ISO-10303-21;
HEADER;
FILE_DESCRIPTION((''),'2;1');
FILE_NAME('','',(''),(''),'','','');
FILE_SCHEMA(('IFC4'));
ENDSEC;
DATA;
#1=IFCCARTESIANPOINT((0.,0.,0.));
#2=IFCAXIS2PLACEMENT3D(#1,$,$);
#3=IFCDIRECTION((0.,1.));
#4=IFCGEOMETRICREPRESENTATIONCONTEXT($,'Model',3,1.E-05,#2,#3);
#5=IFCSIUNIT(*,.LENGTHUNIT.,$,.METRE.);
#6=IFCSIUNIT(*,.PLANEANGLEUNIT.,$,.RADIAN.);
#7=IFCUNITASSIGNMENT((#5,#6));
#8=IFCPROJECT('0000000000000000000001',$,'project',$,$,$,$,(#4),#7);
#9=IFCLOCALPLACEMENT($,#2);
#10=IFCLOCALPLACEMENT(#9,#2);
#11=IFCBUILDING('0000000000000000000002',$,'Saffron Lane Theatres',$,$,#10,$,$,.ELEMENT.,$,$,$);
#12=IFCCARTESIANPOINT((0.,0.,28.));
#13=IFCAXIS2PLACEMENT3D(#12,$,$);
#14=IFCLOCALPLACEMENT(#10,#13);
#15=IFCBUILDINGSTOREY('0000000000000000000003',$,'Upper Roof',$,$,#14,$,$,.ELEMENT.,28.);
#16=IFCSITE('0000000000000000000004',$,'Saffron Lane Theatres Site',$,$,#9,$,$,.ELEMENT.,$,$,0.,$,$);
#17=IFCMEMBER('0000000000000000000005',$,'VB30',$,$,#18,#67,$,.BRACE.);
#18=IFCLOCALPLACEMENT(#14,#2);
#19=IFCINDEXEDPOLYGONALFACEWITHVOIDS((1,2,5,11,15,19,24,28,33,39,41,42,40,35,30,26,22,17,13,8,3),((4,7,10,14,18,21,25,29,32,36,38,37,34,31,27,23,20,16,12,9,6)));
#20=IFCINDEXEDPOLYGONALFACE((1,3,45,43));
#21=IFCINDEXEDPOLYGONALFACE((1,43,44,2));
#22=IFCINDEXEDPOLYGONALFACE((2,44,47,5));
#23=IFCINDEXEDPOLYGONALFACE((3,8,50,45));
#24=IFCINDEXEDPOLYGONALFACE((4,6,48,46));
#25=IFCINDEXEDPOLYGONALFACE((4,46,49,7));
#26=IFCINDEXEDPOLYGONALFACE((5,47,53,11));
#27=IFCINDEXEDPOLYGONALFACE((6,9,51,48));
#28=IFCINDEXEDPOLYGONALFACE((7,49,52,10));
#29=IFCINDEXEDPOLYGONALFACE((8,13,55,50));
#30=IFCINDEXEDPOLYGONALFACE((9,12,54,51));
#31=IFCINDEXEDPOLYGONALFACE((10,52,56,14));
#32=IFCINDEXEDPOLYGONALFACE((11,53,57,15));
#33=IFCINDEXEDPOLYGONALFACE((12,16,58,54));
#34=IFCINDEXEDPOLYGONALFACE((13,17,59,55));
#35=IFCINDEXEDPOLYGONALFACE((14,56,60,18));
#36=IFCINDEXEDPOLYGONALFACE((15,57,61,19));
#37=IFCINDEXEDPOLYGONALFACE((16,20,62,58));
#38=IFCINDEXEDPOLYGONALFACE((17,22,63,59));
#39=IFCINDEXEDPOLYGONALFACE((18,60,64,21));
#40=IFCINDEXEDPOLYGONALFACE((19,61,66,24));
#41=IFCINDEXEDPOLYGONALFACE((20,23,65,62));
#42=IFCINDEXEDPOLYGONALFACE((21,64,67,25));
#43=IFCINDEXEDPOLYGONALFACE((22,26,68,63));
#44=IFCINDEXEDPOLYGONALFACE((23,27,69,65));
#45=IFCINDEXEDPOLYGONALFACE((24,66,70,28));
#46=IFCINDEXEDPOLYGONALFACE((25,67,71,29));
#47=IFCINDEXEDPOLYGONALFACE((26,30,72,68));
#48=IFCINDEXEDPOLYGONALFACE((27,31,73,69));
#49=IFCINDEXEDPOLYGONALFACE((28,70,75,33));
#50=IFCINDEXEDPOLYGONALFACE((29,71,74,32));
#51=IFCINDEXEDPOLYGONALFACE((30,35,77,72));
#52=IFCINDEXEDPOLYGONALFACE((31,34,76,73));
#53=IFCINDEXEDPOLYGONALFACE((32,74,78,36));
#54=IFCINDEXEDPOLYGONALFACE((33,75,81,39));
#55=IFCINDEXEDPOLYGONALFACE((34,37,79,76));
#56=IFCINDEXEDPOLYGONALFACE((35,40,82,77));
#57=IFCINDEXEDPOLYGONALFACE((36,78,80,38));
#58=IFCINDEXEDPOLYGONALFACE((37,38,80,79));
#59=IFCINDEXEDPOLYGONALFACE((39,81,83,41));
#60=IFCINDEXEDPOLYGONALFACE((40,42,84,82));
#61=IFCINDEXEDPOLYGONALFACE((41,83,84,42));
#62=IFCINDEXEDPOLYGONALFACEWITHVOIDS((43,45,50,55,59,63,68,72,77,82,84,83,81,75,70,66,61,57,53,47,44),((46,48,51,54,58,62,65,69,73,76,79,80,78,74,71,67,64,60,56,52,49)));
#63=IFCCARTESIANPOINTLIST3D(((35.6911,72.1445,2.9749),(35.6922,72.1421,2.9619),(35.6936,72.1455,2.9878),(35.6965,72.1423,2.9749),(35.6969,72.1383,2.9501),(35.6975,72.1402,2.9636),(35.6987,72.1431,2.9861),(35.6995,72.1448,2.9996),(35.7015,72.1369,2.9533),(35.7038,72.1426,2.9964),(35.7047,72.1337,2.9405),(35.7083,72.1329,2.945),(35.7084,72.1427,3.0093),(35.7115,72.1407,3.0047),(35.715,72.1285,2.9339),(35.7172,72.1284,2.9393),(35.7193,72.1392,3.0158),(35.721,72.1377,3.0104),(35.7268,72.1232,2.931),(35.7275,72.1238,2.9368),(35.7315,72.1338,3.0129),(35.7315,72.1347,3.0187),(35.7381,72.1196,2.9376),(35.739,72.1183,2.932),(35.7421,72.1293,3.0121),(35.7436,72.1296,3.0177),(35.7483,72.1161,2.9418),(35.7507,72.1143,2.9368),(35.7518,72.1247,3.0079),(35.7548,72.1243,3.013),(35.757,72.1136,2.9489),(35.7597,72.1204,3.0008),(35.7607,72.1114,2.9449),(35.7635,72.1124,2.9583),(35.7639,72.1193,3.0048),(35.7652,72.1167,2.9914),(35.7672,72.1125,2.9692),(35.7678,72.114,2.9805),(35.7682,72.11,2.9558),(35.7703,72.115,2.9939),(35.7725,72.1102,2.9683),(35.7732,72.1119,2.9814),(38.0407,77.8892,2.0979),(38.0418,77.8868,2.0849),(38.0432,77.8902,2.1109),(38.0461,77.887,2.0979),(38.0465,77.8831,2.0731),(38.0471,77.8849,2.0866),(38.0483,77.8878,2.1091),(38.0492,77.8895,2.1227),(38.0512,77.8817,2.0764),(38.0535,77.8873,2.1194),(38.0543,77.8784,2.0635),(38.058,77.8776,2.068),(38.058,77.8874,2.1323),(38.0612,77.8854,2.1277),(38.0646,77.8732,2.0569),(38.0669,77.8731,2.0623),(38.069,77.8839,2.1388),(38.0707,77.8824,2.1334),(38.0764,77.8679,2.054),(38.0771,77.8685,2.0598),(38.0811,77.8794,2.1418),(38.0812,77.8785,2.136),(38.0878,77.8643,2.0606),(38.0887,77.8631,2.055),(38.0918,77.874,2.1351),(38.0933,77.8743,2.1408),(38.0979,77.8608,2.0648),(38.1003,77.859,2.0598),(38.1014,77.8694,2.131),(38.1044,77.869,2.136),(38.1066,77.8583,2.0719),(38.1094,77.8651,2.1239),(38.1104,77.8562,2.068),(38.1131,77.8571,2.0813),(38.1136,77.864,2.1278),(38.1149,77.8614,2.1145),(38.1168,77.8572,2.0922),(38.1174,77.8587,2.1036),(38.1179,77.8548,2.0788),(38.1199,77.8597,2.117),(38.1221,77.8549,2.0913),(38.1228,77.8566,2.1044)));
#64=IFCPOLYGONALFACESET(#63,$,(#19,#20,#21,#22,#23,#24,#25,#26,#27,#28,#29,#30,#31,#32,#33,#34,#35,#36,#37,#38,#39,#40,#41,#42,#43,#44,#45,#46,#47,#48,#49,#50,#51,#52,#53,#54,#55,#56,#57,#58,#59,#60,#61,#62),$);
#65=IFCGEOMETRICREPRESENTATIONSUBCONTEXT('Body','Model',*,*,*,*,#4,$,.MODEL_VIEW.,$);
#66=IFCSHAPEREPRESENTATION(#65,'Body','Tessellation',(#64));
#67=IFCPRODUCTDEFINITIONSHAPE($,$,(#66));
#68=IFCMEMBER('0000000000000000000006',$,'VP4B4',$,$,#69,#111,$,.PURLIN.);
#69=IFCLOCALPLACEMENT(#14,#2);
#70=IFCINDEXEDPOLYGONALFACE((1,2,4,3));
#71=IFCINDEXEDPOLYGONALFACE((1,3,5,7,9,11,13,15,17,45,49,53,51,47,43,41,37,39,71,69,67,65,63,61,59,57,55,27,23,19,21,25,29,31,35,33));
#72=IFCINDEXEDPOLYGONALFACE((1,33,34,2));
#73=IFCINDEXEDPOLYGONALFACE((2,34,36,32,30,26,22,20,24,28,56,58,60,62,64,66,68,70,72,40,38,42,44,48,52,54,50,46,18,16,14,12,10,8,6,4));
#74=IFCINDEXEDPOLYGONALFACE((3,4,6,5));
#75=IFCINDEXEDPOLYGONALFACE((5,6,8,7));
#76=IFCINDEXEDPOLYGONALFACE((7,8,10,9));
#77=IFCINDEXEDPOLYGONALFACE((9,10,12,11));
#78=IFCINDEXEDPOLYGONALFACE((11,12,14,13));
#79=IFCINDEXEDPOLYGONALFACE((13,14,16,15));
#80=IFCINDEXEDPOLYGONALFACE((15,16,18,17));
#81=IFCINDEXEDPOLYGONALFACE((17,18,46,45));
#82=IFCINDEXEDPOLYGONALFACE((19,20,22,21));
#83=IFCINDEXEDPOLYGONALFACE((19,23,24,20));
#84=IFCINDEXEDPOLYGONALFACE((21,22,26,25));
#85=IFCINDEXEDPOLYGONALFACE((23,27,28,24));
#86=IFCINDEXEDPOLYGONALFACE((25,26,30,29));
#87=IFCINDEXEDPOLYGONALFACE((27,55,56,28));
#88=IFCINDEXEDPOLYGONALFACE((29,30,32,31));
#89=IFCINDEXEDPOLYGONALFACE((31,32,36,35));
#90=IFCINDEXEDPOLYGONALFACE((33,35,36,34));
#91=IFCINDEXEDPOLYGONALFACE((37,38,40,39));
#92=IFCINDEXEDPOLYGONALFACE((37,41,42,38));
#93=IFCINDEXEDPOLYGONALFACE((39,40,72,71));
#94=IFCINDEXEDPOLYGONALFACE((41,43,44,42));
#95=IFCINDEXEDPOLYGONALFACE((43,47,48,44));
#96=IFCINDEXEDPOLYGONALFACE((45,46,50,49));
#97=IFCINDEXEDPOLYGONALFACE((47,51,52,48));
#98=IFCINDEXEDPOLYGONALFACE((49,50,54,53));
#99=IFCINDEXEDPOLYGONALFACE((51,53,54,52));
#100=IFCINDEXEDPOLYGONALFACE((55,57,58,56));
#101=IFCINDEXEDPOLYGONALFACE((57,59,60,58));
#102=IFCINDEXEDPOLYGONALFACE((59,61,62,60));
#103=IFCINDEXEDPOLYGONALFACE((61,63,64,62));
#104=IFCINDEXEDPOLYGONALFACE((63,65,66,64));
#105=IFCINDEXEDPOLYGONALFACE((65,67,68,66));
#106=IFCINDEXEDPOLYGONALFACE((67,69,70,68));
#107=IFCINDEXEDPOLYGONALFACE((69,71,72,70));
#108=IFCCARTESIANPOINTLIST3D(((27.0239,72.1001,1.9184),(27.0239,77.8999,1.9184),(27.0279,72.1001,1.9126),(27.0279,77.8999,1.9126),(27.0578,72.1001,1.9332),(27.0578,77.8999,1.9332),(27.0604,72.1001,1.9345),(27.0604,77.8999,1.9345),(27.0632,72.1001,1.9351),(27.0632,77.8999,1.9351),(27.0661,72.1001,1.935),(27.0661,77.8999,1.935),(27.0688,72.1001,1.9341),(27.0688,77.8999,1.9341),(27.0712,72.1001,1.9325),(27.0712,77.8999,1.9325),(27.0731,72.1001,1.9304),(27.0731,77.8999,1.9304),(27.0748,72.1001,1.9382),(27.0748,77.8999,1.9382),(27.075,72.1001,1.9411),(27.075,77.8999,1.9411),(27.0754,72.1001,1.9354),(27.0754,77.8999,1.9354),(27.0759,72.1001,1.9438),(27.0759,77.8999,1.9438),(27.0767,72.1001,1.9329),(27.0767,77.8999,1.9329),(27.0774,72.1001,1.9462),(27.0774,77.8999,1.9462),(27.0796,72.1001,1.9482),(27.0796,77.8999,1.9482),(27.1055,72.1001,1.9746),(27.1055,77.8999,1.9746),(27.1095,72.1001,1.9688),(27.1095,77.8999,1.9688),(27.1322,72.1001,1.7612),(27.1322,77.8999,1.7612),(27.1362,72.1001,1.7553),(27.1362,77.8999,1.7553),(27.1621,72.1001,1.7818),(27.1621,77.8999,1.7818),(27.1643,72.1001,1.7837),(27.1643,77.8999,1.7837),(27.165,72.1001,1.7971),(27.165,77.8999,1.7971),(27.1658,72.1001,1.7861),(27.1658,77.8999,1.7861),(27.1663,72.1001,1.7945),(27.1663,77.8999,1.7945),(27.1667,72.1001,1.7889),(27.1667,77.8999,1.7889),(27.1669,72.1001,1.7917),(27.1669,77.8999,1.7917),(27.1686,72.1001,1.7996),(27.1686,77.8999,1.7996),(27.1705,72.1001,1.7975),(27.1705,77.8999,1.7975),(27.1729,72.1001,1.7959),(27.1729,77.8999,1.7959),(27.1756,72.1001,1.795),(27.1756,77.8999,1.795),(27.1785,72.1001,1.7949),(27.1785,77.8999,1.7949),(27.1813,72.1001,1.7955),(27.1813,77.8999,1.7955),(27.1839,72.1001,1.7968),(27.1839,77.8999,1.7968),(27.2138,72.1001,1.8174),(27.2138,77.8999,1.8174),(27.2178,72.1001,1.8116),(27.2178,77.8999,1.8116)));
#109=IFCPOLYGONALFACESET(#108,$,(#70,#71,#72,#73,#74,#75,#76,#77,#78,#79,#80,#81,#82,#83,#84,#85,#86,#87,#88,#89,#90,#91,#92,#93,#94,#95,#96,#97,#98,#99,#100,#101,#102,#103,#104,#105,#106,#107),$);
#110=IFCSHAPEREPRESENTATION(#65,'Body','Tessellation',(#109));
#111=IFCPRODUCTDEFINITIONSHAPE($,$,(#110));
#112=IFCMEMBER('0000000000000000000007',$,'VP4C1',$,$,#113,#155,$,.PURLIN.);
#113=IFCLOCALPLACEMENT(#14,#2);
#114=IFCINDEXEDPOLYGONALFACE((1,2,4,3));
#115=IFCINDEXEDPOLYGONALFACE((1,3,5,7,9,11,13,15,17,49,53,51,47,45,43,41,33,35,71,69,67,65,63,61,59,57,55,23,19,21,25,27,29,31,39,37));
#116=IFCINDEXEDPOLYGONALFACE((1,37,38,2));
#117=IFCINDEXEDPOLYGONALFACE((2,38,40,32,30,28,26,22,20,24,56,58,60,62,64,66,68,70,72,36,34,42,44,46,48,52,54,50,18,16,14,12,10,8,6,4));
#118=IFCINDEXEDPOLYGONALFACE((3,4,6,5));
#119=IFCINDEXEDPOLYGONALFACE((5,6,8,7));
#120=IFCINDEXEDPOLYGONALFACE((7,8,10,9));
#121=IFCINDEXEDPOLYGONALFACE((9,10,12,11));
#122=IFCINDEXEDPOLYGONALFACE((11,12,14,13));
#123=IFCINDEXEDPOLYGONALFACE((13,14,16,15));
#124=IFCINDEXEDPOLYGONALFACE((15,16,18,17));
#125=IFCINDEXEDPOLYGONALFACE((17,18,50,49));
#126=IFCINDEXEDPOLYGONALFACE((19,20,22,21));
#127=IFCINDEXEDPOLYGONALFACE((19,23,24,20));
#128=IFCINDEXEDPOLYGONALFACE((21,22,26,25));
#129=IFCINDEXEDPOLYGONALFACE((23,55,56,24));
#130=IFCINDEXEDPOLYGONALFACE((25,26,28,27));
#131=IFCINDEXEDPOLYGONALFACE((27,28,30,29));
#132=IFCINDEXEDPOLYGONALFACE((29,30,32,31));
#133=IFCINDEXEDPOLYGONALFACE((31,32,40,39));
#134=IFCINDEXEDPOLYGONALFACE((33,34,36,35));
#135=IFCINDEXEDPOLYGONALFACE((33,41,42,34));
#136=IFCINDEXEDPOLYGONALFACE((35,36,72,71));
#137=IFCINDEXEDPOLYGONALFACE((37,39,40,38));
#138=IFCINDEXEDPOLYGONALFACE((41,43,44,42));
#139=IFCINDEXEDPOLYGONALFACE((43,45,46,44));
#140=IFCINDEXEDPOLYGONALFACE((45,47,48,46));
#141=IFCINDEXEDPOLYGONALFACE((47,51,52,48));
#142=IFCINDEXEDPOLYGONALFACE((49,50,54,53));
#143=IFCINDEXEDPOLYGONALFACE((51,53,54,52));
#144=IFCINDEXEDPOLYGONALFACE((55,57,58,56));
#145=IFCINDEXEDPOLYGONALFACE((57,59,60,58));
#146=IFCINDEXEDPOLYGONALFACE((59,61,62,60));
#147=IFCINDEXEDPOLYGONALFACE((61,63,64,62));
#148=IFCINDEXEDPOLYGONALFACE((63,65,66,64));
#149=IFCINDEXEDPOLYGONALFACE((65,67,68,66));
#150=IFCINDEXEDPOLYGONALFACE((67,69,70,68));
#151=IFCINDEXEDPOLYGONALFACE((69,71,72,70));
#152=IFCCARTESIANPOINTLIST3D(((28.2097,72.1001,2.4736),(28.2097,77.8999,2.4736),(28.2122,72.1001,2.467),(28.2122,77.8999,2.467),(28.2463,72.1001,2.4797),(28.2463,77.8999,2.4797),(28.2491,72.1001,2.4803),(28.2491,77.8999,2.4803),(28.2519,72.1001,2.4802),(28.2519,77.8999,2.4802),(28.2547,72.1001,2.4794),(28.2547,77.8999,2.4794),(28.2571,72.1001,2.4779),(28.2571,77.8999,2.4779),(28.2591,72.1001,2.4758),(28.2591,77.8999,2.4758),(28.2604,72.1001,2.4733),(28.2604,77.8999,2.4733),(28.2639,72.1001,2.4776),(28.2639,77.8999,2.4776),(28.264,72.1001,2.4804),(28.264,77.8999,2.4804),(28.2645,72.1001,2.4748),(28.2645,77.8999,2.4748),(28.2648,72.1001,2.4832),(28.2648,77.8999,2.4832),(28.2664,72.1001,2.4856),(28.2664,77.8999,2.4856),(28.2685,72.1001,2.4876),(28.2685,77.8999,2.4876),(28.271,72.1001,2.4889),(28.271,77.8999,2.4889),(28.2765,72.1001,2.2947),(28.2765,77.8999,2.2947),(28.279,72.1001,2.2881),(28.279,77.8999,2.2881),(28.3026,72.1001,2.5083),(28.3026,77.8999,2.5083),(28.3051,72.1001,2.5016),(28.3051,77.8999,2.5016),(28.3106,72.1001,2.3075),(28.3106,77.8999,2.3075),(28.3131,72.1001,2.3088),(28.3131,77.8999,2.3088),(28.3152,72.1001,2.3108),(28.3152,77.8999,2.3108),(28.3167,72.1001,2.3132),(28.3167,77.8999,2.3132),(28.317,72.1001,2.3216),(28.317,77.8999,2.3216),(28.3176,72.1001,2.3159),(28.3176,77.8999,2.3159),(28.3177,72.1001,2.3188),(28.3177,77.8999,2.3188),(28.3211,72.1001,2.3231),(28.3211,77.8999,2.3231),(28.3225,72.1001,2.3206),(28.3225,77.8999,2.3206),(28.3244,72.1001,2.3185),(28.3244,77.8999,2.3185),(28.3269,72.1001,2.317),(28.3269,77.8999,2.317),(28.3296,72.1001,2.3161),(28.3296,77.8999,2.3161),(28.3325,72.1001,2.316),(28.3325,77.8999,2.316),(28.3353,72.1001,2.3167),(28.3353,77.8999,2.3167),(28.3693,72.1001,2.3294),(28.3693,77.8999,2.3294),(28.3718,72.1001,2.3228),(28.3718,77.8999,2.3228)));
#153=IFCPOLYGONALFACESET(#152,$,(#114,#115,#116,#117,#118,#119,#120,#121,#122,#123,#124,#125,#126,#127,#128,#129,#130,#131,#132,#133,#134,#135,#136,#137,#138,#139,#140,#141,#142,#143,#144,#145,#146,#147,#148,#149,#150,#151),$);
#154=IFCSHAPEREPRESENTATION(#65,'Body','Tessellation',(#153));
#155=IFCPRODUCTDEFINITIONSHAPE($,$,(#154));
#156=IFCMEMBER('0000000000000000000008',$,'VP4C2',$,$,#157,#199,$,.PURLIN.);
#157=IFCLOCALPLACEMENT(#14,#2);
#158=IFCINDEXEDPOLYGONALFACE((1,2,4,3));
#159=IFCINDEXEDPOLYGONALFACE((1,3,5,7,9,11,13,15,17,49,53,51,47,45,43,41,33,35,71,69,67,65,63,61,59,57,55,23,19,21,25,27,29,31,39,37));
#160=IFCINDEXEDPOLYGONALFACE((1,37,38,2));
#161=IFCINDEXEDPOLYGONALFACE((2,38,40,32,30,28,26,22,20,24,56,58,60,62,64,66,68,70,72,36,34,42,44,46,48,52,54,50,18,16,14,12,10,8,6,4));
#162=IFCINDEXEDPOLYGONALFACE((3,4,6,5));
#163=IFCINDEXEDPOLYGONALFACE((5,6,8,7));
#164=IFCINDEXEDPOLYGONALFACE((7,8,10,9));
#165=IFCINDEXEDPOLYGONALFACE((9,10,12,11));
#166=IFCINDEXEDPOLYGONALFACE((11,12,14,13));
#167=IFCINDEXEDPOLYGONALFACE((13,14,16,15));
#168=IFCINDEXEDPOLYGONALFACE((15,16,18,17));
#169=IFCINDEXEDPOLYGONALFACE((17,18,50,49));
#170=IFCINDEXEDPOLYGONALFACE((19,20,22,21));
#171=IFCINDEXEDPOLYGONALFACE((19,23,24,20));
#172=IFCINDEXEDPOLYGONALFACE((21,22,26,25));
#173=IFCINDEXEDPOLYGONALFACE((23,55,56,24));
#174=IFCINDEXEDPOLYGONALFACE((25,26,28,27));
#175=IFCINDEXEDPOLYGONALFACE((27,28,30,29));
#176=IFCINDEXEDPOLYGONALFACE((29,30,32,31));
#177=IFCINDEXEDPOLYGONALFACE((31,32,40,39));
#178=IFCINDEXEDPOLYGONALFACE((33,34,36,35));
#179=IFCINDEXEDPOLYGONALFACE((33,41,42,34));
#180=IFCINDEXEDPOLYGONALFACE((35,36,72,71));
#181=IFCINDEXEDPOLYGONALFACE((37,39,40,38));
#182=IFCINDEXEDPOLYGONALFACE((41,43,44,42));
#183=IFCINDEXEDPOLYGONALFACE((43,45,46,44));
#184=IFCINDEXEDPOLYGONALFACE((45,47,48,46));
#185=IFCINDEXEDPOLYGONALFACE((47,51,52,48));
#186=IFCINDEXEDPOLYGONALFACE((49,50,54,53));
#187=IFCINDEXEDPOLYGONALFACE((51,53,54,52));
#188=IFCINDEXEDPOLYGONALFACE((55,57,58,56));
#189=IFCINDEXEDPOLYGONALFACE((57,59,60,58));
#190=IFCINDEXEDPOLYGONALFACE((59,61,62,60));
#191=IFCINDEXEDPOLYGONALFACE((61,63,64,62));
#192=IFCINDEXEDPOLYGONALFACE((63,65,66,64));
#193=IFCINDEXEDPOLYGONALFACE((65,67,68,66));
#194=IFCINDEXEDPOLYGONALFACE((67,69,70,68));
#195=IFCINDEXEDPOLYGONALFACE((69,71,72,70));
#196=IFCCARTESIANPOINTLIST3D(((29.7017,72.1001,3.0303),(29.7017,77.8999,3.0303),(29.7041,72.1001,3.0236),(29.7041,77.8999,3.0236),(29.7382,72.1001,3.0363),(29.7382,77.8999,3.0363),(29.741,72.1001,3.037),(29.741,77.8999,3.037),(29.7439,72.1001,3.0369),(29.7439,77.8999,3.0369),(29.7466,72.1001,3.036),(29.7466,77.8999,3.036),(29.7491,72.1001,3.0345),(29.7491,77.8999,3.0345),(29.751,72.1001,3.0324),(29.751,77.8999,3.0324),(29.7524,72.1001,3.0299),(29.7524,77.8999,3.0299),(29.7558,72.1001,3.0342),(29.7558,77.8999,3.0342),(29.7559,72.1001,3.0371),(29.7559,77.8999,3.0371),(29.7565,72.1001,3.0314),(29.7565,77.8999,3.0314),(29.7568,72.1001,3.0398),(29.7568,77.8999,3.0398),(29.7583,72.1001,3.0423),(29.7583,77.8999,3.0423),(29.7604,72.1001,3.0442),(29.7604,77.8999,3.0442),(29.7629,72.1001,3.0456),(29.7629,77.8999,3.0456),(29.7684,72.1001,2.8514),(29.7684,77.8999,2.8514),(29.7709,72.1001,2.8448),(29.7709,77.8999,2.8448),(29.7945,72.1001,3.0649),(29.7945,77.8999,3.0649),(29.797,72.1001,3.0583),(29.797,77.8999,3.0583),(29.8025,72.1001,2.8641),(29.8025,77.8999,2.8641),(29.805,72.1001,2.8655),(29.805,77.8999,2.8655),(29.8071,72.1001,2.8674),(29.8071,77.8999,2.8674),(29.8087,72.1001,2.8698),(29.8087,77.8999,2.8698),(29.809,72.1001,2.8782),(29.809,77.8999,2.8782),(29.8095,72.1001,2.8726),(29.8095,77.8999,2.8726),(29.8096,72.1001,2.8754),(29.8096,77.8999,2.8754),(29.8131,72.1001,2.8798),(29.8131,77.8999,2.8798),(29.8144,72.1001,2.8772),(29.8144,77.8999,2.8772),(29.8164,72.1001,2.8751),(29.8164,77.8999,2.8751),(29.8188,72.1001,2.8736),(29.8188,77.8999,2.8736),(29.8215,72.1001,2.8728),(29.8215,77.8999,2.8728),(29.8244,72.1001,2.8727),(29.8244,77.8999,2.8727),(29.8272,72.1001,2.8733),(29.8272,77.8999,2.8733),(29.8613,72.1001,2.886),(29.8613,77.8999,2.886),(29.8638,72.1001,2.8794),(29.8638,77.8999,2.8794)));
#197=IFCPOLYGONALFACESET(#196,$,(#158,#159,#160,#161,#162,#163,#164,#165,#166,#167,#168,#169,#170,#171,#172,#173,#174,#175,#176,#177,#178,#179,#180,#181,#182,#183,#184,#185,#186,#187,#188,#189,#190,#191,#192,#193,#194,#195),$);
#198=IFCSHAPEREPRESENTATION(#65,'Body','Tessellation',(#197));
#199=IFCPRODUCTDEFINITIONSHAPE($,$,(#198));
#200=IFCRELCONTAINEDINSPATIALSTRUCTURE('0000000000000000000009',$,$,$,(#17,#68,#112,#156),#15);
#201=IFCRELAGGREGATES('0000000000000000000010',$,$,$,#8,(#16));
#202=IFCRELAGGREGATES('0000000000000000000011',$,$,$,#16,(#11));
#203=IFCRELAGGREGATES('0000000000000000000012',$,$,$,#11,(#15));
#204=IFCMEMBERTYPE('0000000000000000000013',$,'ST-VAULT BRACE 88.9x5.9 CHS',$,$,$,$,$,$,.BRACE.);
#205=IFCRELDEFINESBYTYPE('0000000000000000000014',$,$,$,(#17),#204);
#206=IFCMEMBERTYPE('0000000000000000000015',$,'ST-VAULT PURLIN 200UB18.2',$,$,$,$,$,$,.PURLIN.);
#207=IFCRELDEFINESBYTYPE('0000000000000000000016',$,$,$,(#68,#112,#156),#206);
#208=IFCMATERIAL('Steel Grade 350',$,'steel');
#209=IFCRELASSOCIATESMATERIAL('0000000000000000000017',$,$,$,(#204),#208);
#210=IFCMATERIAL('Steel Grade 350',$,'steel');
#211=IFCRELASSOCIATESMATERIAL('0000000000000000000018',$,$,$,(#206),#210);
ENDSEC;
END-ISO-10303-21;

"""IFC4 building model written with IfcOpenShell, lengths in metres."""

from ifc_helpers import new_model, si_unit, direction, frame, origin, origin_2d, place, context, subcontext, project, spatial, hollow_circle, i_section, extrude, material, material_profile, profile_set, type_object, element, save


model = new_model("IFC4")

# Units and contexts
model_context = context("Model", 3, precision=1e-05, world=origin(), true_north=direction((0.0, 1.0)))
body_context = subcontext(model_context, "Body", "Model", "MODEL_VIEW")
ifc_project = project(units=[si_unit("LENGTHUNIT", "METRE"), si_unit("PLANEANGLEUNIT", "RADIAN")], contexts=[model_context])

# Site, building, storey
site_placement = place(None, origin())
site = spatial("IfcSite", under=ifc_project, at=site_placement, Name="Saffron Lane Theatres Site", CompositionType="ELEMENT", RefElevation=0.0)
building_placement = place(site_placement, origin())
building = spatial("IfcBuilding", under=site, at=building_placement, Name="Saffron Lane Theatres", CompositionType="ELEMENT")
storey_placement = place(building_placement, frame((0.0, 0.0, 28.0)))
storey = spatial("IfcBuildingStorey", under=building, at=storey_placement, Name="Upper Roof", CompositionType="ELEMENT", Elevation=28.0)

# Members
ifc_material_1 = material(Name="Steel Grade 350", Category="steel")
ifc_material_profile_1 = material_profile(ifc_material_1, hollow_circle(Radius=0.0444, WallThickness=0.0059, at=origin_2d()))
ifc_profile_set_1 = profile_set([ifc_material_profile_1], Name="Steel Grade 350")
member_type_1 = type_object("IfcMemberType", Name="ST-VAULT BRACE 88.9x5.9 CHS", PredefinedType="BRACE", material=ifc_profile_set_1)
member_1_placement = place(storey_placement, frame((35.7322, 72.1277, 2.9749), z_axis=(0.374845, 0.91647, -0.139905), x_axis=(-0.925573, 0.378569, 0.0)))
element("IfcMember", 1, at=member_1_placement, inside=storey, type_object=member_type_1, Name="VB30", PredefinedType="BRACE", context=body_context, shape_type="SweptSolid", body=[
    extrude(hollow_circle(Radius=0.0444, WallThickness=0.0059, at=origin_2d()), origin(), (0.0, 0.0, 1.0), 6.2683),
])
ifc_material_2 = material(Name="Steel Grade 350", Category="steel")
ifc_material_profile_2 = material_profile(ifc_material_2, i_section(OverallWidth=0.0991, OverallDepth=0.198, WebThickness=0.0044, FlangeThickness=0.0071, FilletRadius=0.011, at=origin_2d()))
ifc_profile_set_2 = profile_set([ifc_material_profile_2], Name="Steel Grade 350")
member_type_2 = type_object("IfcMemberType", Name="ST-VAULT PURLIN 200UB18.2", PredefinedType="PURLIN", material=ifc_profile_set_2)
for number, where, z_axis, x_axis, name in (
    (2, (27.1208, 72.1001, 1.865), (0.0, 1.0, 0.0), (0.823487, 0.0, 0.567335), "VP4B4"),
    (3, (28.2908, 72.1001, 2.3982), (0.0, 1.0, 0.0), (0.93689, 0.0, 0.349624), "VP4C1"),
    (4, (29.7827, 72.1001, 2.9548), (0.0, 1.0, 0.0), (0.93689, 0.0, 0.349624), "VP4C2"),
):
    element("IfcMember", number, at=place(storey_placement, frame(where, z_axis=z_axis, x_axis=x_axis)), inside=storey, type_object=member_type_2, Name=name, PredefinedType="PURLIN", context=body_context, shape_type="SweptSolid", body=[
        extrude(i_section(OverallWidth=0.0991, OverallDepth=0.198, WebThickness=0.0044, FlangeThickness=0.0071, FilletRadius=0.011, at=origin_2d()), origin(), (0.0, 0.0, 1.0), 5.7998),
    ])

save(model, "model.ifc")
